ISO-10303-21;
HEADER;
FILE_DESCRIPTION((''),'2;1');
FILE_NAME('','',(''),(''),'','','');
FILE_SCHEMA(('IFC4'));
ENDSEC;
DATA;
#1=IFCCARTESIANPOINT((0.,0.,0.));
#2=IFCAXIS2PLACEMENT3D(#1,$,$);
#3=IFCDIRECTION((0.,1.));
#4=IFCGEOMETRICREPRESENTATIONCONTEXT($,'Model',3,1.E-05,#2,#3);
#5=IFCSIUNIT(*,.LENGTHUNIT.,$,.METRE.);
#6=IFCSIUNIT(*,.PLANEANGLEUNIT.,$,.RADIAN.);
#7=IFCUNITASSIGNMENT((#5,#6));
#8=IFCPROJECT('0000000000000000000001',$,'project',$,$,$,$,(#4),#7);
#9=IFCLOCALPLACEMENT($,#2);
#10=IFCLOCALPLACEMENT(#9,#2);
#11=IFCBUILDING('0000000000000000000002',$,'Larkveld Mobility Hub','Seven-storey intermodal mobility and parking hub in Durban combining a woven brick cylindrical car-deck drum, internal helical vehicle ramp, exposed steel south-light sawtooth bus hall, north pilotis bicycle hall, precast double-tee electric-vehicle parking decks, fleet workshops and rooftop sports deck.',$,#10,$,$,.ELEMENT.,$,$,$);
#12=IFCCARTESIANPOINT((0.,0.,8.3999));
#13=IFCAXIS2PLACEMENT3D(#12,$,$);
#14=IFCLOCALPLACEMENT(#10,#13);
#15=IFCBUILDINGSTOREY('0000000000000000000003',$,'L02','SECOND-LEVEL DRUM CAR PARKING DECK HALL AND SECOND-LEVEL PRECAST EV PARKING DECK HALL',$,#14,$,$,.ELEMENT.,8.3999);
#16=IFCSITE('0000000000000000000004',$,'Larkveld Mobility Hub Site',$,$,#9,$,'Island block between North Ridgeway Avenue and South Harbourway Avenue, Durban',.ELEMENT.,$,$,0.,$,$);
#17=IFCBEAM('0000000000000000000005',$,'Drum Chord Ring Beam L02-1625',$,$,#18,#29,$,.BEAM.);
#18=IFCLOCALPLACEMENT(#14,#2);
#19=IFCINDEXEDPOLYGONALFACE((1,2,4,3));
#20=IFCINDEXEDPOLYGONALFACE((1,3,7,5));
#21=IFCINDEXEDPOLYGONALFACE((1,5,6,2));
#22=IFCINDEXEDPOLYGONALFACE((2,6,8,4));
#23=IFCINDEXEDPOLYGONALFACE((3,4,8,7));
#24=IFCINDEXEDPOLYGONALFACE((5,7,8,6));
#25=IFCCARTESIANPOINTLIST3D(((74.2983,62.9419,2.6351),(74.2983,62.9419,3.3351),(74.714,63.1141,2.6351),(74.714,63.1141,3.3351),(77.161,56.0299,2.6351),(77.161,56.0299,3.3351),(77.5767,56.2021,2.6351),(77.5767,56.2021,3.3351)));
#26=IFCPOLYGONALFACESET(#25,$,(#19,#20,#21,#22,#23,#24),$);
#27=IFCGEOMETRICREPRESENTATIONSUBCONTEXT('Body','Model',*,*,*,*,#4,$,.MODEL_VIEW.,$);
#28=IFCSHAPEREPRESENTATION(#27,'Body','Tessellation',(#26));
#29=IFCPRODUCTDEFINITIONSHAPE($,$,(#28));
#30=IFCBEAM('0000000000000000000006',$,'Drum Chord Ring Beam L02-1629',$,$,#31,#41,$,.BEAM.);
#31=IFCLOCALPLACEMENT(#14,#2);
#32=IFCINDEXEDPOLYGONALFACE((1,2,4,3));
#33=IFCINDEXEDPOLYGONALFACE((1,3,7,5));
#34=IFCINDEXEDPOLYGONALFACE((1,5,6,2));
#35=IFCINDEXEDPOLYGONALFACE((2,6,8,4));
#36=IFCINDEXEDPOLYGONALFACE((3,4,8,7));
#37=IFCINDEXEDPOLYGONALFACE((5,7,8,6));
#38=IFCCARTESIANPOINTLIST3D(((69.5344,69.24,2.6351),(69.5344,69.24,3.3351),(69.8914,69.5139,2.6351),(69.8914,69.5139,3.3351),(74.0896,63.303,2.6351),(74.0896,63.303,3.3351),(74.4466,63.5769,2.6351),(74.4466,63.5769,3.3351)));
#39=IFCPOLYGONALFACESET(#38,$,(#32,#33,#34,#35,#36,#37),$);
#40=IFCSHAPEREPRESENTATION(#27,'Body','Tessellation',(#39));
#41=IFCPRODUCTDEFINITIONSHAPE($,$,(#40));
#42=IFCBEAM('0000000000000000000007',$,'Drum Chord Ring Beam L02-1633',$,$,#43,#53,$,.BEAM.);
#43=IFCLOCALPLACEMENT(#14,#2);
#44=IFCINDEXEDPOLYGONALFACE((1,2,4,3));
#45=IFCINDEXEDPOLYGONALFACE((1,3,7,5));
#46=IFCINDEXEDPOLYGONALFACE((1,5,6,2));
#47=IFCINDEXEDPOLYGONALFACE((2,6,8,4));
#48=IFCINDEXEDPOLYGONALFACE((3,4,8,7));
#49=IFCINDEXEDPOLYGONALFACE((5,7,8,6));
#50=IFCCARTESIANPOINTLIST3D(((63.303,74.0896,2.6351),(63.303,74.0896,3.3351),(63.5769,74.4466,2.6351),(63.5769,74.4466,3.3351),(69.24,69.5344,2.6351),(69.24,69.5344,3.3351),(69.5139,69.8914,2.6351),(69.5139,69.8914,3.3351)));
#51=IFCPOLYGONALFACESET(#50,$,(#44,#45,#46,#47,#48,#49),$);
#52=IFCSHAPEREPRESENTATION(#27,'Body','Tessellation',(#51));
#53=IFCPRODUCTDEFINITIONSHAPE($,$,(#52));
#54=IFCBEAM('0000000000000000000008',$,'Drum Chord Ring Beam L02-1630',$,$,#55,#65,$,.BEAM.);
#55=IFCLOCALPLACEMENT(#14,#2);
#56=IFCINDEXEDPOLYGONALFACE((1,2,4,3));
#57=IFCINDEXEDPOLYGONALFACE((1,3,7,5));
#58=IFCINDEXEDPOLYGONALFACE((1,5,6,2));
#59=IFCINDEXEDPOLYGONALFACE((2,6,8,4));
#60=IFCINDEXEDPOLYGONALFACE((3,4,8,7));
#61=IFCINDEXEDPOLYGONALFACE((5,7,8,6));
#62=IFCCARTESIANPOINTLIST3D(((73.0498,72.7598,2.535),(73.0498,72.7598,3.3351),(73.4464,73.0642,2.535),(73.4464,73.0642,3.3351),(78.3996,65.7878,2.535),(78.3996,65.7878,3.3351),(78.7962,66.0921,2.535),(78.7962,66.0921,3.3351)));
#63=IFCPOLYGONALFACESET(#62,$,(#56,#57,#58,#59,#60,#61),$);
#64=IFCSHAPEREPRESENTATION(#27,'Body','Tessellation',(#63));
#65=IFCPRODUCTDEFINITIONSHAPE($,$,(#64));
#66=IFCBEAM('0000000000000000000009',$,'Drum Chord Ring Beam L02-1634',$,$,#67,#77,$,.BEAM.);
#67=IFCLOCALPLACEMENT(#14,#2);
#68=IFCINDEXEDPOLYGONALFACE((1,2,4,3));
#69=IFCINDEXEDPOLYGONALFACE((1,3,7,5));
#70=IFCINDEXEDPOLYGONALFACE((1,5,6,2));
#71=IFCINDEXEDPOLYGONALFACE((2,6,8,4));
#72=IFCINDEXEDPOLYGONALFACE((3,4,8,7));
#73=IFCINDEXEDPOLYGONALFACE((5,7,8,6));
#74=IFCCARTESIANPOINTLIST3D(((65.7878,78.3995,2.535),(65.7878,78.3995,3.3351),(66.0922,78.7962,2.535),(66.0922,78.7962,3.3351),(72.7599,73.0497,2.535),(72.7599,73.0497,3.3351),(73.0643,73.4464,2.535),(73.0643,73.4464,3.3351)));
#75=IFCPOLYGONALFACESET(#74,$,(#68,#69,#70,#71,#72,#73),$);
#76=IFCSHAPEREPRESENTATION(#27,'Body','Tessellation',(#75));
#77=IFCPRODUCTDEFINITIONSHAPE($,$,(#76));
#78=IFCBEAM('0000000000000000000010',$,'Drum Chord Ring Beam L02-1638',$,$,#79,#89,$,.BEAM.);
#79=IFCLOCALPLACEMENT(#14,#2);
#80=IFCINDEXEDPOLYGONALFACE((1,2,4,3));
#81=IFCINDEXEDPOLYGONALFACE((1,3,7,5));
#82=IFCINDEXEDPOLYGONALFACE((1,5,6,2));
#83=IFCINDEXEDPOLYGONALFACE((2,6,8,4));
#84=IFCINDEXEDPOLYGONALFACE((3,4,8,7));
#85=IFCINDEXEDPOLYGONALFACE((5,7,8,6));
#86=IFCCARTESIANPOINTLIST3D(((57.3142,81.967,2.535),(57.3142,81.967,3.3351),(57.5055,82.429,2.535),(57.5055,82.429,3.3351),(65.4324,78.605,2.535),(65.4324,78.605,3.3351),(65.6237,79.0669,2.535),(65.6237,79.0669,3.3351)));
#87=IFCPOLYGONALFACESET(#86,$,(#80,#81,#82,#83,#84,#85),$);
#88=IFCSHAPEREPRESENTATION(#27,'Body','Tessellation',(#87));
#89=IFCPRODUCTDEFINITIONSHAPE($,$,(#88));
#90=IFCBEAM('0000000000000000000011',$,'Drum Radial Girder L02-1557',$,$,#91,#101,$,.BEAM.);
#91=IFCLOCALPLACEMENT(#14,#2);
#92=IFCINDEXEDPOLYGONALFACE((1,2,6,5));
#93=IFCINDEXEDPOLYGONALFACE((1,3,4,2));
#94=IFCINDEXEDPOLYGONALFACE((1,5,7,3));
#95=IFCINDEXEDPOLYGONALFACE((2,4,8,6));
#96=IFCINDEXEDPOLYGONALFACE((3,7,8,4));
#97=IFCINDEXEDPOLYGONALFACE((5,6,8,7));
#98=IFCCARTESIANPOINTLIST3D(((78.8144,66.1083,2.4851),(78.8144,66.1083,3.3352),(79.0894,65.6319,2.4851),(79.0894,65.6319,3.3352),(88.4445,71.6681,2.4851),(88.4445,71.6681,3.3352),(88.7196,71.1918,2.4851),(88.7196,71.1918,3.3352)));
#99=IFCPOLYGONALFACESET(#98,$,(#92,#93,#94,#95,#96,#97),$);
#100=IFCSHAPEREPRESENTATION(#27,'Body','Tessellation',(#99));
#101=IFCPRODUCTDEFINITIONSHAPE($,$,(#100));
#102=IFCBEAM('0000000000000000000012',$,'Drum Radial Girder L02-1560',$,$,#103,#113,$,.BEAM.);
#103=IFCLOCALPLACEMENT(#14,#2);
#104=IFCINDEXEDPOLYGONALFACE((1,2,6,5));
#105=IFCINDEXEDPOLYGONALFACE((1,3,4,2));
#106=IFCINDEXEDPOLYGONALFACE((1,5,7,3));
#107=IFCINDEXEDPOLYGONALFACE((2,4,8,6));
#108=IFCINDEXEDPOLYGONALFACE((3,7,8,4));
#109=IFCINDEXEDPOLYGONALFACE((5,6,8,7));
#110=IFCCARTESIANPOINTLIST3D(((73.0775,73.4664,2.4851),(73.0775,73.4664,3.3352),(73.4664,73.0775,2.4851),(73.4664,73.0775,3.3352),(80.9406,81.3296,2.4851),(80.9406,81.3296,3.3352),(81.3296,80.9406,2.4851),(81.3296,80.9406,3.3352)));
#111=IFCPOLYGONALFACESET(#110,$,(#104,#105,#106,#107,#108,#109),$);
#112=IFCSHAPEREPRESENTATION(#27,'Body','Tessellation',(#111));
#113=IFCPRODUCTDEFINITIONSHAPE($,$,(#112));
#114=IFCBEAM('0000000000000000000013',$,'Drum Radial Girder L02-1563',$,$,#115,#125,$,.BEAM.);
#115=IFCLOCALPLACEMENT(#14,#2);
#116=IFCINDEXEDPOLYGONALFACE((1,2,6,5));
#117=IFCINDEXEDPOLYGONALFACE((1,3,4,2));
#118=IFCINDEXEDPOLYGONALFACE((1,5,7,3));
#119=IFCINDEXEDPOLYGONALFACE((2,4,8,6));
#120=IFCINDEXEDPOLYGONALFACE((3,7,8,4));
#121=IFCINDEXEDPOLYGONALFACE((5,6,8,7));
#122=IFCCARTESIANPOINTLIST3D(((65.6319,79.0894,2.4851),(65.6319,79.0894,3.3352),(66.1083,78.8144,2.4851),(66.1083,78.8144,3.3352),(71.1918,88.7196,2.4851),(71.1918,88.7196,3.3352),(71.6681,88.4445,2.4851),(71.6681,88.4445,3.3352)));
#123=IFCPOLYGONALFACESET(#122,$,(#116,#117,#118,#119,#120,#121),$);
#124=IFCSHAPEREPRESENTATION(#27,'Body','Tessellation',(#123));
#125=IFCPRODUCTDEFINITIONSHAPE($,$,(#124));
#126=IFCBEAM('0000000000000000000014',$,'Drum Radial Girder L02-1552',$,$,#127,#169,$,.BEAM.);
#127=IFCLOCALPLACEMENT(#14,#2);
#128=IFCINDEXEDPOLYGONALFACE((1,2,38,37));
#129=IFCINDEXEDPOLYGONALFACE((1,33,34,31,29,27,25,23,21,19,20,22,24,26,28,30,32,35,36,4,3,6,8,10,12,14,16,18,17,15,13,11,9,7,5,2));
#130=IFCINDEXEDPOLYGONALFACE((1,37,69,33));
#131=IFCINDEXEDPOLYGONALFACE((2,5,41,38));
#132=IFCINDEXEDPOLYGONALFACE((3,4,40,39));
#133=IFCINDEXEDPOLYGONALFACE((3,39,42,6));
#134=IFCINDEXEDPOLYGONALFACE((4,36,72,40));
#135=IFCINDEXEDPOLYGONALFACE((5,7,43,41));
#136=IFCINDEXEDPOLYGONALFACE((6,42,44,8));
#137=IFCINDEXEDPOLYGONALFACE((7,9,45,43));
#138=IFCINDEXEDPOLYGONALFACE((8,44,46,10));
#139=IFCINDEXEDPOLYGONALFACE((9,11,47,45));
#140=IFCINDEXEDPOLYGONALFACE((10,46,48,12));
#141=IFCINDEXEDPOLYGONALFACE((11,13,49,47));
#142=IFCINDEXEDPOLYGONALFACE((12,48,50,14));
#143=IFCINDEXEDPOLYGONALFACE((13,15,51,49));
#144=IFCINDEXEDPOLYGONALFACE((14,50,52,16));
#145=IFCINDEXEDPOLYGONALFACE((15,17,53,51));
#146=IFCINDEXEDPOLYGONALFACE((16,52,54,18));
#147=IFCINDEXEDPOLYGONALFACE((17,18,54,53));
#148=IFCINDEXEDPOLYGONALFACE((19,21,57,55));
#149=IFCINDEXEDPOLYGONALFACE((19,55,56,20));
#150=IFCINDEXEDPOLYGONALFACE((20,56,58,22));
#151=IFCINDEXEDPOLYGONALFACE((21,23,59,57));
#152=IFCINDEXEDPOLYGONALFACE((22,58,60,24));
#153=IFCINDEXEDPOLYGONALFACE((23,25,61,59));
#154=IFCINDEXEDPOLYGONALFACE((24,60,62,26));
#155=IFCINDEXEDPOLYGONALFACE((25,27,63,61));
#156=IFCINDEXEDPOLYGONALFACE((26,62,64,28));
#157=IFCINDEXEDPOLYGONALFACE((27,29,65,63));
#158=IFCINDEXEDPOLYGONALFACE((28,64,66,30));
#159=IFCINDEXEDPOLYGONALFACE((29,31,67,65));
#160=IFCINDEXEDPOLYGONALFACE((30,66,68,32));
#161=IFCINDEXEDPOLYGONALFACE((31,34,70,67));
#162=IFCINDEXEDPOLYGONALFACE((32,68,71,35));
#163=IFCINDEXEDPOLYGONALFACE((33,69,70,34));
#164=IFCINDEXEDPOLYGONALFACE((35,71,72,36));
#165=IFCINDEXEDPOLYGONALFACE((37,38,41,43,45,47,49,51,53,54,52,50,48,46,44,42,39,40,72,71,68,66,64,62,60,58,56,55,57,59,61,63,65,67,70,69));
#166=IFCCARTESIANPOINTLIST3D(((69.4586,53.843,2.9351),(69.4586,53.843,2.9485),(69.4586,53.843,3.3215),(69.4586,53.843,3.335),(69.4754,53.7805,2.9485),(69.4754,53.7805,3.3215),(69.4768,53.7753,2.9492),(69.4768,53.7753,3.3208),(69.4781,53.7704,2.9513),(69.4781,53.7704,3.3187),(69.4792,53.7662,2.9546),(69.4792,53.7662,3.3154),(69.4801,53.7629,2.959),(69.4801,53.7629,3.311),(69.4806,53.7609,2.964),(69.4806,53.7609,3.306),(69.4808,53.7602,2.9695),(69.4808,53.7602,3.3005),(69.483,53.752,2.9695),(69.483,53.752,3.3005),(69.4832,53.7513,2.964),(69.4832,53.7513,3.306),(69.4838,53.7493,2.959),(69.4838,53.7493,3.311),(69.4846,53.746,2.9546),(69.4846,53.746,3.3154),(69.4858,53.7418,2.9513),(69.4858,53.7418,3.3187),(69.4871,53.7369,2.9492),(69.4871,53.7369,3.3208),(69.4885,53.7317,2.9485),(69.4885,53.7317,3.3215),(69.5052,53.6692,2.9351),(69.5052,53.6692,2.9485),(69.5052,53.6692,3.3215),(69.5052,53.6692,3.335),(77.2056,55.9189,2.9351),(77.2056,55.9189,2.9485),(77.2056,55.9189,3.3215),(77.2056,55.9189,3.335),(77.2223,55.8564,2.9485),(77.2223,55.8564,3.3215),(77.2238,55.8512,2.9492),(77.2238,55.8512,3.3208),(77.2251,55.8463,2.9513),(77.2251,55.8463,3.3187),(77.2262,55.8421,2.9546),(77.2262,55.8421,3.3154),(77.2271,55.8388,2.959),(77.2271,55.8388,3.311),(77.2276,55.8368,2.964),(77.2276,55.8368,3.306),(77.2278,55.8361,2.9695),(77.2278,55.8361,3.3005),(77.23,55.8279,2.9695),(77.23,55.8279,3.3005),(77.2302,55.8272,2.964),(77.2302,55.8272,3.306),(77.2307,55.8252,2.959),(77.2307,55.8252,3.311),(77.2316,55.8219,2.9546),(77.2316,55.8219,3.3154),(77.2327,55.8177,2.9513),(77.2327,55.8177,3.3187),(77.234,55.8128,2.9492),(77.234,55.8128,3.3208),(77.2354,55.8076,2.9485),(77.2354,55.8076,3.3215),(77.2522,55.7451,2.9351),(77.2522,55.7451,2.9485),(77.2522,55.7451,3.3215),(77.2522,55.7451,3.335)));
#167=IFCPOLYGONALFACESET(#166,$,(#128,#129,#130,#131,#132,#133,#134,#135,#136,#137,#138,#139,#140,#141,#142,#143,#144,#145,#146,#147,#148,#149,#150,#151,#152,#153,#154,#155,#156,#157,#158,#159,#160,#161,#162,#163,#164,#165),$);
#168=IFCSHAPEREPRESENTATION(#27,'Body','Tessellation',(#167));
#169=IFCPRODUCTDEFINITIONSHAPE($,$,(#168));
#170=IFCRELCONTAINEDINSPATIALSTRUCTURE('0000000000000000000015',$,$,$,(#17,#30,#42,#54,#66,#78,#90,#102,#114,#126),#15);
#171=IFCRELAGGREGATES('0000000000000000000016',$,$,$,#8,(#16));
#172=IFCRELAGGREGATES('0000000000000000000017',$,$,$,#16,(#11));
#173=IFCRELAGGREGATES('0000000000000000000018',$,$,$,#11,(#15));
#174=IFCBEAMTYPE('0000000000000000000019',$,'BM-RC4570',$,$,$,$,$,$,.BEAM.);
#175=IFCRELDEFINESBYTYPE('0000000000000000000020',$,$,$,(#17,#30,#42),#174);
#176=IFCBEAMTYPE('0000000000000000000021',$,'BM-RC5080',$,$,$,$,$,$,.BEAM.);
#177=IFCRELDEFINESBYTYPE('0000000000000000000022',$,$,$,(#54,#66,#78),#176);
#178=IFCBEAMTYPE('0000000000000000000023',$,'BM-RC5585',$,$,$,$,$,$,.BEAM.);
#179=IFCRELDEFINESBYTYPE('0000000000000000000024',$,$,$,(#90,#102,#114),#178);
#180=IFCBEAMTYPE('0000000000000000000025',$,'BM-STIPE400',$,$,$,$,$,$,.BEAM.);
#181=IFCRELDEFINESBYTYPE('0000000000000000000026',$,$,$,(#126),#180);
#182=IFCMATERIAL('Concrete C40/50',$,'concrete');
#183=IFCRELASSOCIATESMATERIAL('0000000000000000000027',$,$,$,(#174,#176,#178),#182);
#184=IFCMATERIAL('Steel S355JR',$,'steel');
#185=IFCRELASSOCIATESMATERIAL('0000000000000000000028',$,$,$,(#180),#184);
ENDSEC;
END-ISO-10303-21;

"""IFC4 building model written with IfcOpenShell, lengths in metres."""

from ifc_helpers import new_model, si_unit, direction, frame, origin, origin_2d, place, context, subcontext, project, spatial, rectangle, i_section, extrude, material, material_profile, profile_set, type_object, element, save


model = new_model("IFC4")

# Units and contexts
model_context = context("Model", 3, precision=1e-05, world=origin(), true_north=direction((0.0, 1.0)))
body_context = subcontext(model_context, "Body", "Model", "MODEL_VIEW")
ifc_project = project(units=[si_unit("LENGTHUNIT", "METRE"), si_unit("PLANEANGLEUNIT", "RADIAN")], contexts=[model_context])

# Site, building, storey
site_placement = place(None, origin())
site = spatial("IfcSite", under=ifc_project, at=site_placement, Name="Larkveld Mobility Hub Site", LongName="Island block between North Ridgeway Avenue and South Harbourway Avenue, Durban", CompositionType="ELEMENT", RefElevation=0.0)
building_placement = place(site_placement, origin())
building = spatial("IfcBuilding", under=site, at=building_placement, Name="Larkveld Mobility Hub", Description="Seven-storey intermodal mobility and parking hub in Durban combining a woven brick cylindrical car-deck drum, internal helical vehicle ramp, exposed steel south-light sawtooth bus hall, north pilotis bicycle hall, precast double-tee electric-vehicle parking decks, fleet workshops and rooftop sports deck.", CompositionType="ELEMENT")
storey_placement = place(building_placement, frame((0.0, 0.0, 8.3999)))
storey = spatial("IfcBuildingStorey", under=building, at=storey_placement, Name="L02", Description="SECOND-LEVEL DRUM CAR PARKING DECK HALL AND SECOND-LEVEL PRECAST EV PARKING DECK HALL", CompositionType="ELEMENT", Elevation=8.3999)

# Shared definitions
ifc_material_1 = material(Name="Concrete C40/50", Category="concrete")

# Beams
ifc_material_profile_1 = material_profile(ifc_material_1, rectangle(XDim=0.45, YDim=0.7, at=origin_2d()), Name="RC BM 450x700")
ifc_profile_set_1 = profile_set([ifc_material_profile_1], Name="Concrete C40/50")
beam_type_1 = type_object("IfcBeamType", Name="BM-RC4570", PredefinedType="BEAM", material=ifc_profile_set_1)
beam_1_placement = place(storey_placement, frame((77.3689, 56.116, 2.9851), z_axis=(-0.38265, 0.923894, 0.0), x_axis=(-0.923894, -0.38265, 0.0)))
element("IfcBeam", 1, at=beam_1_placement, inside=storey, type_object=beam_type_1, Name="Drum Chord Ring Beam L02-1625", PredefinedType="BEAM", context=body_context, shape_type="SweptSolid", body=[
    extrude(rectangle(XDim=0.45, YDim=0.7, at=origin_2d()), origin(), (0.0, 0.0, 1.0), 7.4814),
])
for number, where, z_axis, x_axis, name in (
    (2, (74.2681, 63.4399, 2.9851), (-0.608723, 0.793383, 0.0), (-0.793383, -0.608723, 0.0), "Drum Chord Ring Beam L02-1629"),
    (3, (69.377, 69.7129, 2.9851), (-0.793383, 0.608723, 0.0), (-0.608723, -0.793383, 0.0), "Drum Chord Ring Beam L02-1633"),
):
    element("IfcBeam", number, at=place(storey_placement, frame(where, z_axis=z_axis, x_axis=x_axis)), inside=storey, type_object=beam_type_1, Name=name, PredefinedType="BEAM", context=body_context, shape_type="SweptSolid", body=[
        extrude(rectangle(XDim=0.45, YDim=0.7, at=origin_2d()), origin(), (0.0, 0.0, 1.0), 7.4832),
    ])
ifc_material_profile_2 = material_profile(ifc_material_1, rectangle(XDim=0.5, YDim=0.8, at=origin_2d()), Name="RC BM 500x800")
ifc_profile_set_2 = profile_set([ifc_material_profile_2], Name="Concrete C40/50")
beam_type_2 = type_object("IfcBeamType", Name="BM-RC5080", PredefinedType="BEAM", material=ifc_profile_set_2)
for number, where, z_axis, x_axis, name in (
    (4, (78.5979, 65.9399, 2.9351), (-0.608756, 0.793358, 0.0), (-0.793358, -0.608756, 0.0), "Drum Chord Ring Beam L02-1630"),
    (5, (72.9121, 73.248, 2.9351), (-0.793358, 0.608756, 0.0), (-0.608756, -0.793358, 0.0), "Drum Chord Ring Beam L02-1634"),
):
    element("IfcBeam", number, at=place(storey_placement, frame(where, z_axis=z_axis, x_axis=x_axis)), inside=storey, type_object=beam_type_2, Name=name, PredefinedType="BEAM", context=body_context, shape_type="SweptSolid", body=[
        extrude(rectangle(XDim=0.5, YDim=0.8, at=origin_2d()), origin(), (0.0, 0.0, 1.0), 8.7881),
    ])
beam_2_placement = place(storey_placement, frame((65.5281, 78.8359, 2.9351), z_axis=(-0.923903, 0.382626, 0.0), x_axis=(-0.382626, -0.923903, 0.0)))
element("IfcBeam", 6, at=beam_2_placement, inside=storey, type_object=beam_type_2, Name="Drum Chord Ring Beam L02-1638", PredefinedType="BEAM", context=body_context, shape_type="SweptSolid", body=[
    extrude(rectangle(XDim=0.5, YDim=0.8, at=origin_2d()), origin(), (0.0, 0.0, 1.0), 8.7869),
])
ifc_material_profile_3 = material_profile(ifc_material_1, rectangle(XDim=0.55, YDim=0.8501, at=origin_2d()), Name="RC BM 550x850")
ifc_profile_set_3 = profile_set([ifc_material_profile_3], Name="Concrete C40/50")
beam_type_3 = type_object("IfcBeamType", Name="BM-RC5585", PredefinedType="BEAM", material=ifc_profile_set_3)
beam_3_placement = place(storey_placement, frame((78.9519, 65.8701, 2.9102), z_axis=(0.866031, 0.49999, 0.0), x_axis=(-0.49999, 0.866031, 0.0)))
element("IfcBeam", 7, at=beam_3_placement, inside=storey, type_object=beam_type_3, Name="Drum Radial Girder L02-1557", PredefinedType="BEAM", context=body_context, shape_type="SweptSolid", body=[
    extrude(rectangle(XDim=0.55, YDim=0.8501, at=origin_2d()), origin(), (0.0, 0.0, 1.0), 11.1199),
])
beam_4_placement = place(storey_placement, frame((73.272, 73.272, 2.9102), z_axis=(0.707107, 0.707107, 0.0), x_axis=(-0.707107, 0.707107, 0.0)))
element("IfcBeam", 8, at=beam_4_placement, inside=storey, type_object=beam_type_3, Name="Drum Radial Girder L02-1560", PredefinedType="BEAM", context=body_context, shape_type="SweptSolid", body=[
    extrude(rectangle(XDim=0.55, YDim=0.8501, at=origin_2d()), origin(), (0.0, 0.0, 1.0), 11.1201),
])
beam_5_placement = place(storey_placement, frame((65.8701, 78.9519, 2.9102), z_axis=(0.49999, 0.866031, 0.0), x_axis=(-0.866031, 0.49999, 0.0)))
element("IfcBeam", 9, at=beam_5_placement, inside=storey, type_object=beam_type_3, Name="Drum Radial Girder L02-1563", PredefinedType="BEAM", context=body_context, shape_type="SweptSolid", body=[
    extrude(rectangle(XDim=0.55, YDim=0.8501, at=origin_2d()), origin(), (0.0, 0.0, 1.0), 11.1199),
])
ifc_material_2 = material(Name="Steel S355JR", Category="steel")
ifc_material_profile_4 = material_profile(ifc_material_2, i_section(OverallWidth=0.1799, OverallDepth=0.3999, WebThickness=0.0085, FlangeThickness=0.0134, FilletRadius=0.021, at=origin_2d()), Name="IPE 400")
ifc_profile_set_4 = profile_set([ifc_material_profile_4], Name="Steel S355JR")
beam_type_4 = type_object("IfcBeamType", Name="BM-STIPE400", PredefinedType="BEAM", material=ifc_profile_set_4)
beam_6_placement = place(storey_placement, frame((69.4819, 53.7561, 3.135), z_axis=(0.965923, 0.258831, 0.0), x_axis=(-0.258831, 0.965923, 0.0)))
element("IfcBeam", 10, at=beam_6_placement, inside=storey, type_object=beam_type_4, Name="Drum Radial Girder L02-1552", PredefinedType="BEAM", context=body_context, shape_type="SweptSolid", body=[
    extrude(i_section(OverallWidth=0.1799, OverallDepth=0.3999, WebThickness=0.0085, FlangeThickness=0.0134, FilletRadius=0.021, at=origin_2d()), origin(), (0.0, 0.0, 1.0), 8.0203),
])

save(model, "model.ifc")
